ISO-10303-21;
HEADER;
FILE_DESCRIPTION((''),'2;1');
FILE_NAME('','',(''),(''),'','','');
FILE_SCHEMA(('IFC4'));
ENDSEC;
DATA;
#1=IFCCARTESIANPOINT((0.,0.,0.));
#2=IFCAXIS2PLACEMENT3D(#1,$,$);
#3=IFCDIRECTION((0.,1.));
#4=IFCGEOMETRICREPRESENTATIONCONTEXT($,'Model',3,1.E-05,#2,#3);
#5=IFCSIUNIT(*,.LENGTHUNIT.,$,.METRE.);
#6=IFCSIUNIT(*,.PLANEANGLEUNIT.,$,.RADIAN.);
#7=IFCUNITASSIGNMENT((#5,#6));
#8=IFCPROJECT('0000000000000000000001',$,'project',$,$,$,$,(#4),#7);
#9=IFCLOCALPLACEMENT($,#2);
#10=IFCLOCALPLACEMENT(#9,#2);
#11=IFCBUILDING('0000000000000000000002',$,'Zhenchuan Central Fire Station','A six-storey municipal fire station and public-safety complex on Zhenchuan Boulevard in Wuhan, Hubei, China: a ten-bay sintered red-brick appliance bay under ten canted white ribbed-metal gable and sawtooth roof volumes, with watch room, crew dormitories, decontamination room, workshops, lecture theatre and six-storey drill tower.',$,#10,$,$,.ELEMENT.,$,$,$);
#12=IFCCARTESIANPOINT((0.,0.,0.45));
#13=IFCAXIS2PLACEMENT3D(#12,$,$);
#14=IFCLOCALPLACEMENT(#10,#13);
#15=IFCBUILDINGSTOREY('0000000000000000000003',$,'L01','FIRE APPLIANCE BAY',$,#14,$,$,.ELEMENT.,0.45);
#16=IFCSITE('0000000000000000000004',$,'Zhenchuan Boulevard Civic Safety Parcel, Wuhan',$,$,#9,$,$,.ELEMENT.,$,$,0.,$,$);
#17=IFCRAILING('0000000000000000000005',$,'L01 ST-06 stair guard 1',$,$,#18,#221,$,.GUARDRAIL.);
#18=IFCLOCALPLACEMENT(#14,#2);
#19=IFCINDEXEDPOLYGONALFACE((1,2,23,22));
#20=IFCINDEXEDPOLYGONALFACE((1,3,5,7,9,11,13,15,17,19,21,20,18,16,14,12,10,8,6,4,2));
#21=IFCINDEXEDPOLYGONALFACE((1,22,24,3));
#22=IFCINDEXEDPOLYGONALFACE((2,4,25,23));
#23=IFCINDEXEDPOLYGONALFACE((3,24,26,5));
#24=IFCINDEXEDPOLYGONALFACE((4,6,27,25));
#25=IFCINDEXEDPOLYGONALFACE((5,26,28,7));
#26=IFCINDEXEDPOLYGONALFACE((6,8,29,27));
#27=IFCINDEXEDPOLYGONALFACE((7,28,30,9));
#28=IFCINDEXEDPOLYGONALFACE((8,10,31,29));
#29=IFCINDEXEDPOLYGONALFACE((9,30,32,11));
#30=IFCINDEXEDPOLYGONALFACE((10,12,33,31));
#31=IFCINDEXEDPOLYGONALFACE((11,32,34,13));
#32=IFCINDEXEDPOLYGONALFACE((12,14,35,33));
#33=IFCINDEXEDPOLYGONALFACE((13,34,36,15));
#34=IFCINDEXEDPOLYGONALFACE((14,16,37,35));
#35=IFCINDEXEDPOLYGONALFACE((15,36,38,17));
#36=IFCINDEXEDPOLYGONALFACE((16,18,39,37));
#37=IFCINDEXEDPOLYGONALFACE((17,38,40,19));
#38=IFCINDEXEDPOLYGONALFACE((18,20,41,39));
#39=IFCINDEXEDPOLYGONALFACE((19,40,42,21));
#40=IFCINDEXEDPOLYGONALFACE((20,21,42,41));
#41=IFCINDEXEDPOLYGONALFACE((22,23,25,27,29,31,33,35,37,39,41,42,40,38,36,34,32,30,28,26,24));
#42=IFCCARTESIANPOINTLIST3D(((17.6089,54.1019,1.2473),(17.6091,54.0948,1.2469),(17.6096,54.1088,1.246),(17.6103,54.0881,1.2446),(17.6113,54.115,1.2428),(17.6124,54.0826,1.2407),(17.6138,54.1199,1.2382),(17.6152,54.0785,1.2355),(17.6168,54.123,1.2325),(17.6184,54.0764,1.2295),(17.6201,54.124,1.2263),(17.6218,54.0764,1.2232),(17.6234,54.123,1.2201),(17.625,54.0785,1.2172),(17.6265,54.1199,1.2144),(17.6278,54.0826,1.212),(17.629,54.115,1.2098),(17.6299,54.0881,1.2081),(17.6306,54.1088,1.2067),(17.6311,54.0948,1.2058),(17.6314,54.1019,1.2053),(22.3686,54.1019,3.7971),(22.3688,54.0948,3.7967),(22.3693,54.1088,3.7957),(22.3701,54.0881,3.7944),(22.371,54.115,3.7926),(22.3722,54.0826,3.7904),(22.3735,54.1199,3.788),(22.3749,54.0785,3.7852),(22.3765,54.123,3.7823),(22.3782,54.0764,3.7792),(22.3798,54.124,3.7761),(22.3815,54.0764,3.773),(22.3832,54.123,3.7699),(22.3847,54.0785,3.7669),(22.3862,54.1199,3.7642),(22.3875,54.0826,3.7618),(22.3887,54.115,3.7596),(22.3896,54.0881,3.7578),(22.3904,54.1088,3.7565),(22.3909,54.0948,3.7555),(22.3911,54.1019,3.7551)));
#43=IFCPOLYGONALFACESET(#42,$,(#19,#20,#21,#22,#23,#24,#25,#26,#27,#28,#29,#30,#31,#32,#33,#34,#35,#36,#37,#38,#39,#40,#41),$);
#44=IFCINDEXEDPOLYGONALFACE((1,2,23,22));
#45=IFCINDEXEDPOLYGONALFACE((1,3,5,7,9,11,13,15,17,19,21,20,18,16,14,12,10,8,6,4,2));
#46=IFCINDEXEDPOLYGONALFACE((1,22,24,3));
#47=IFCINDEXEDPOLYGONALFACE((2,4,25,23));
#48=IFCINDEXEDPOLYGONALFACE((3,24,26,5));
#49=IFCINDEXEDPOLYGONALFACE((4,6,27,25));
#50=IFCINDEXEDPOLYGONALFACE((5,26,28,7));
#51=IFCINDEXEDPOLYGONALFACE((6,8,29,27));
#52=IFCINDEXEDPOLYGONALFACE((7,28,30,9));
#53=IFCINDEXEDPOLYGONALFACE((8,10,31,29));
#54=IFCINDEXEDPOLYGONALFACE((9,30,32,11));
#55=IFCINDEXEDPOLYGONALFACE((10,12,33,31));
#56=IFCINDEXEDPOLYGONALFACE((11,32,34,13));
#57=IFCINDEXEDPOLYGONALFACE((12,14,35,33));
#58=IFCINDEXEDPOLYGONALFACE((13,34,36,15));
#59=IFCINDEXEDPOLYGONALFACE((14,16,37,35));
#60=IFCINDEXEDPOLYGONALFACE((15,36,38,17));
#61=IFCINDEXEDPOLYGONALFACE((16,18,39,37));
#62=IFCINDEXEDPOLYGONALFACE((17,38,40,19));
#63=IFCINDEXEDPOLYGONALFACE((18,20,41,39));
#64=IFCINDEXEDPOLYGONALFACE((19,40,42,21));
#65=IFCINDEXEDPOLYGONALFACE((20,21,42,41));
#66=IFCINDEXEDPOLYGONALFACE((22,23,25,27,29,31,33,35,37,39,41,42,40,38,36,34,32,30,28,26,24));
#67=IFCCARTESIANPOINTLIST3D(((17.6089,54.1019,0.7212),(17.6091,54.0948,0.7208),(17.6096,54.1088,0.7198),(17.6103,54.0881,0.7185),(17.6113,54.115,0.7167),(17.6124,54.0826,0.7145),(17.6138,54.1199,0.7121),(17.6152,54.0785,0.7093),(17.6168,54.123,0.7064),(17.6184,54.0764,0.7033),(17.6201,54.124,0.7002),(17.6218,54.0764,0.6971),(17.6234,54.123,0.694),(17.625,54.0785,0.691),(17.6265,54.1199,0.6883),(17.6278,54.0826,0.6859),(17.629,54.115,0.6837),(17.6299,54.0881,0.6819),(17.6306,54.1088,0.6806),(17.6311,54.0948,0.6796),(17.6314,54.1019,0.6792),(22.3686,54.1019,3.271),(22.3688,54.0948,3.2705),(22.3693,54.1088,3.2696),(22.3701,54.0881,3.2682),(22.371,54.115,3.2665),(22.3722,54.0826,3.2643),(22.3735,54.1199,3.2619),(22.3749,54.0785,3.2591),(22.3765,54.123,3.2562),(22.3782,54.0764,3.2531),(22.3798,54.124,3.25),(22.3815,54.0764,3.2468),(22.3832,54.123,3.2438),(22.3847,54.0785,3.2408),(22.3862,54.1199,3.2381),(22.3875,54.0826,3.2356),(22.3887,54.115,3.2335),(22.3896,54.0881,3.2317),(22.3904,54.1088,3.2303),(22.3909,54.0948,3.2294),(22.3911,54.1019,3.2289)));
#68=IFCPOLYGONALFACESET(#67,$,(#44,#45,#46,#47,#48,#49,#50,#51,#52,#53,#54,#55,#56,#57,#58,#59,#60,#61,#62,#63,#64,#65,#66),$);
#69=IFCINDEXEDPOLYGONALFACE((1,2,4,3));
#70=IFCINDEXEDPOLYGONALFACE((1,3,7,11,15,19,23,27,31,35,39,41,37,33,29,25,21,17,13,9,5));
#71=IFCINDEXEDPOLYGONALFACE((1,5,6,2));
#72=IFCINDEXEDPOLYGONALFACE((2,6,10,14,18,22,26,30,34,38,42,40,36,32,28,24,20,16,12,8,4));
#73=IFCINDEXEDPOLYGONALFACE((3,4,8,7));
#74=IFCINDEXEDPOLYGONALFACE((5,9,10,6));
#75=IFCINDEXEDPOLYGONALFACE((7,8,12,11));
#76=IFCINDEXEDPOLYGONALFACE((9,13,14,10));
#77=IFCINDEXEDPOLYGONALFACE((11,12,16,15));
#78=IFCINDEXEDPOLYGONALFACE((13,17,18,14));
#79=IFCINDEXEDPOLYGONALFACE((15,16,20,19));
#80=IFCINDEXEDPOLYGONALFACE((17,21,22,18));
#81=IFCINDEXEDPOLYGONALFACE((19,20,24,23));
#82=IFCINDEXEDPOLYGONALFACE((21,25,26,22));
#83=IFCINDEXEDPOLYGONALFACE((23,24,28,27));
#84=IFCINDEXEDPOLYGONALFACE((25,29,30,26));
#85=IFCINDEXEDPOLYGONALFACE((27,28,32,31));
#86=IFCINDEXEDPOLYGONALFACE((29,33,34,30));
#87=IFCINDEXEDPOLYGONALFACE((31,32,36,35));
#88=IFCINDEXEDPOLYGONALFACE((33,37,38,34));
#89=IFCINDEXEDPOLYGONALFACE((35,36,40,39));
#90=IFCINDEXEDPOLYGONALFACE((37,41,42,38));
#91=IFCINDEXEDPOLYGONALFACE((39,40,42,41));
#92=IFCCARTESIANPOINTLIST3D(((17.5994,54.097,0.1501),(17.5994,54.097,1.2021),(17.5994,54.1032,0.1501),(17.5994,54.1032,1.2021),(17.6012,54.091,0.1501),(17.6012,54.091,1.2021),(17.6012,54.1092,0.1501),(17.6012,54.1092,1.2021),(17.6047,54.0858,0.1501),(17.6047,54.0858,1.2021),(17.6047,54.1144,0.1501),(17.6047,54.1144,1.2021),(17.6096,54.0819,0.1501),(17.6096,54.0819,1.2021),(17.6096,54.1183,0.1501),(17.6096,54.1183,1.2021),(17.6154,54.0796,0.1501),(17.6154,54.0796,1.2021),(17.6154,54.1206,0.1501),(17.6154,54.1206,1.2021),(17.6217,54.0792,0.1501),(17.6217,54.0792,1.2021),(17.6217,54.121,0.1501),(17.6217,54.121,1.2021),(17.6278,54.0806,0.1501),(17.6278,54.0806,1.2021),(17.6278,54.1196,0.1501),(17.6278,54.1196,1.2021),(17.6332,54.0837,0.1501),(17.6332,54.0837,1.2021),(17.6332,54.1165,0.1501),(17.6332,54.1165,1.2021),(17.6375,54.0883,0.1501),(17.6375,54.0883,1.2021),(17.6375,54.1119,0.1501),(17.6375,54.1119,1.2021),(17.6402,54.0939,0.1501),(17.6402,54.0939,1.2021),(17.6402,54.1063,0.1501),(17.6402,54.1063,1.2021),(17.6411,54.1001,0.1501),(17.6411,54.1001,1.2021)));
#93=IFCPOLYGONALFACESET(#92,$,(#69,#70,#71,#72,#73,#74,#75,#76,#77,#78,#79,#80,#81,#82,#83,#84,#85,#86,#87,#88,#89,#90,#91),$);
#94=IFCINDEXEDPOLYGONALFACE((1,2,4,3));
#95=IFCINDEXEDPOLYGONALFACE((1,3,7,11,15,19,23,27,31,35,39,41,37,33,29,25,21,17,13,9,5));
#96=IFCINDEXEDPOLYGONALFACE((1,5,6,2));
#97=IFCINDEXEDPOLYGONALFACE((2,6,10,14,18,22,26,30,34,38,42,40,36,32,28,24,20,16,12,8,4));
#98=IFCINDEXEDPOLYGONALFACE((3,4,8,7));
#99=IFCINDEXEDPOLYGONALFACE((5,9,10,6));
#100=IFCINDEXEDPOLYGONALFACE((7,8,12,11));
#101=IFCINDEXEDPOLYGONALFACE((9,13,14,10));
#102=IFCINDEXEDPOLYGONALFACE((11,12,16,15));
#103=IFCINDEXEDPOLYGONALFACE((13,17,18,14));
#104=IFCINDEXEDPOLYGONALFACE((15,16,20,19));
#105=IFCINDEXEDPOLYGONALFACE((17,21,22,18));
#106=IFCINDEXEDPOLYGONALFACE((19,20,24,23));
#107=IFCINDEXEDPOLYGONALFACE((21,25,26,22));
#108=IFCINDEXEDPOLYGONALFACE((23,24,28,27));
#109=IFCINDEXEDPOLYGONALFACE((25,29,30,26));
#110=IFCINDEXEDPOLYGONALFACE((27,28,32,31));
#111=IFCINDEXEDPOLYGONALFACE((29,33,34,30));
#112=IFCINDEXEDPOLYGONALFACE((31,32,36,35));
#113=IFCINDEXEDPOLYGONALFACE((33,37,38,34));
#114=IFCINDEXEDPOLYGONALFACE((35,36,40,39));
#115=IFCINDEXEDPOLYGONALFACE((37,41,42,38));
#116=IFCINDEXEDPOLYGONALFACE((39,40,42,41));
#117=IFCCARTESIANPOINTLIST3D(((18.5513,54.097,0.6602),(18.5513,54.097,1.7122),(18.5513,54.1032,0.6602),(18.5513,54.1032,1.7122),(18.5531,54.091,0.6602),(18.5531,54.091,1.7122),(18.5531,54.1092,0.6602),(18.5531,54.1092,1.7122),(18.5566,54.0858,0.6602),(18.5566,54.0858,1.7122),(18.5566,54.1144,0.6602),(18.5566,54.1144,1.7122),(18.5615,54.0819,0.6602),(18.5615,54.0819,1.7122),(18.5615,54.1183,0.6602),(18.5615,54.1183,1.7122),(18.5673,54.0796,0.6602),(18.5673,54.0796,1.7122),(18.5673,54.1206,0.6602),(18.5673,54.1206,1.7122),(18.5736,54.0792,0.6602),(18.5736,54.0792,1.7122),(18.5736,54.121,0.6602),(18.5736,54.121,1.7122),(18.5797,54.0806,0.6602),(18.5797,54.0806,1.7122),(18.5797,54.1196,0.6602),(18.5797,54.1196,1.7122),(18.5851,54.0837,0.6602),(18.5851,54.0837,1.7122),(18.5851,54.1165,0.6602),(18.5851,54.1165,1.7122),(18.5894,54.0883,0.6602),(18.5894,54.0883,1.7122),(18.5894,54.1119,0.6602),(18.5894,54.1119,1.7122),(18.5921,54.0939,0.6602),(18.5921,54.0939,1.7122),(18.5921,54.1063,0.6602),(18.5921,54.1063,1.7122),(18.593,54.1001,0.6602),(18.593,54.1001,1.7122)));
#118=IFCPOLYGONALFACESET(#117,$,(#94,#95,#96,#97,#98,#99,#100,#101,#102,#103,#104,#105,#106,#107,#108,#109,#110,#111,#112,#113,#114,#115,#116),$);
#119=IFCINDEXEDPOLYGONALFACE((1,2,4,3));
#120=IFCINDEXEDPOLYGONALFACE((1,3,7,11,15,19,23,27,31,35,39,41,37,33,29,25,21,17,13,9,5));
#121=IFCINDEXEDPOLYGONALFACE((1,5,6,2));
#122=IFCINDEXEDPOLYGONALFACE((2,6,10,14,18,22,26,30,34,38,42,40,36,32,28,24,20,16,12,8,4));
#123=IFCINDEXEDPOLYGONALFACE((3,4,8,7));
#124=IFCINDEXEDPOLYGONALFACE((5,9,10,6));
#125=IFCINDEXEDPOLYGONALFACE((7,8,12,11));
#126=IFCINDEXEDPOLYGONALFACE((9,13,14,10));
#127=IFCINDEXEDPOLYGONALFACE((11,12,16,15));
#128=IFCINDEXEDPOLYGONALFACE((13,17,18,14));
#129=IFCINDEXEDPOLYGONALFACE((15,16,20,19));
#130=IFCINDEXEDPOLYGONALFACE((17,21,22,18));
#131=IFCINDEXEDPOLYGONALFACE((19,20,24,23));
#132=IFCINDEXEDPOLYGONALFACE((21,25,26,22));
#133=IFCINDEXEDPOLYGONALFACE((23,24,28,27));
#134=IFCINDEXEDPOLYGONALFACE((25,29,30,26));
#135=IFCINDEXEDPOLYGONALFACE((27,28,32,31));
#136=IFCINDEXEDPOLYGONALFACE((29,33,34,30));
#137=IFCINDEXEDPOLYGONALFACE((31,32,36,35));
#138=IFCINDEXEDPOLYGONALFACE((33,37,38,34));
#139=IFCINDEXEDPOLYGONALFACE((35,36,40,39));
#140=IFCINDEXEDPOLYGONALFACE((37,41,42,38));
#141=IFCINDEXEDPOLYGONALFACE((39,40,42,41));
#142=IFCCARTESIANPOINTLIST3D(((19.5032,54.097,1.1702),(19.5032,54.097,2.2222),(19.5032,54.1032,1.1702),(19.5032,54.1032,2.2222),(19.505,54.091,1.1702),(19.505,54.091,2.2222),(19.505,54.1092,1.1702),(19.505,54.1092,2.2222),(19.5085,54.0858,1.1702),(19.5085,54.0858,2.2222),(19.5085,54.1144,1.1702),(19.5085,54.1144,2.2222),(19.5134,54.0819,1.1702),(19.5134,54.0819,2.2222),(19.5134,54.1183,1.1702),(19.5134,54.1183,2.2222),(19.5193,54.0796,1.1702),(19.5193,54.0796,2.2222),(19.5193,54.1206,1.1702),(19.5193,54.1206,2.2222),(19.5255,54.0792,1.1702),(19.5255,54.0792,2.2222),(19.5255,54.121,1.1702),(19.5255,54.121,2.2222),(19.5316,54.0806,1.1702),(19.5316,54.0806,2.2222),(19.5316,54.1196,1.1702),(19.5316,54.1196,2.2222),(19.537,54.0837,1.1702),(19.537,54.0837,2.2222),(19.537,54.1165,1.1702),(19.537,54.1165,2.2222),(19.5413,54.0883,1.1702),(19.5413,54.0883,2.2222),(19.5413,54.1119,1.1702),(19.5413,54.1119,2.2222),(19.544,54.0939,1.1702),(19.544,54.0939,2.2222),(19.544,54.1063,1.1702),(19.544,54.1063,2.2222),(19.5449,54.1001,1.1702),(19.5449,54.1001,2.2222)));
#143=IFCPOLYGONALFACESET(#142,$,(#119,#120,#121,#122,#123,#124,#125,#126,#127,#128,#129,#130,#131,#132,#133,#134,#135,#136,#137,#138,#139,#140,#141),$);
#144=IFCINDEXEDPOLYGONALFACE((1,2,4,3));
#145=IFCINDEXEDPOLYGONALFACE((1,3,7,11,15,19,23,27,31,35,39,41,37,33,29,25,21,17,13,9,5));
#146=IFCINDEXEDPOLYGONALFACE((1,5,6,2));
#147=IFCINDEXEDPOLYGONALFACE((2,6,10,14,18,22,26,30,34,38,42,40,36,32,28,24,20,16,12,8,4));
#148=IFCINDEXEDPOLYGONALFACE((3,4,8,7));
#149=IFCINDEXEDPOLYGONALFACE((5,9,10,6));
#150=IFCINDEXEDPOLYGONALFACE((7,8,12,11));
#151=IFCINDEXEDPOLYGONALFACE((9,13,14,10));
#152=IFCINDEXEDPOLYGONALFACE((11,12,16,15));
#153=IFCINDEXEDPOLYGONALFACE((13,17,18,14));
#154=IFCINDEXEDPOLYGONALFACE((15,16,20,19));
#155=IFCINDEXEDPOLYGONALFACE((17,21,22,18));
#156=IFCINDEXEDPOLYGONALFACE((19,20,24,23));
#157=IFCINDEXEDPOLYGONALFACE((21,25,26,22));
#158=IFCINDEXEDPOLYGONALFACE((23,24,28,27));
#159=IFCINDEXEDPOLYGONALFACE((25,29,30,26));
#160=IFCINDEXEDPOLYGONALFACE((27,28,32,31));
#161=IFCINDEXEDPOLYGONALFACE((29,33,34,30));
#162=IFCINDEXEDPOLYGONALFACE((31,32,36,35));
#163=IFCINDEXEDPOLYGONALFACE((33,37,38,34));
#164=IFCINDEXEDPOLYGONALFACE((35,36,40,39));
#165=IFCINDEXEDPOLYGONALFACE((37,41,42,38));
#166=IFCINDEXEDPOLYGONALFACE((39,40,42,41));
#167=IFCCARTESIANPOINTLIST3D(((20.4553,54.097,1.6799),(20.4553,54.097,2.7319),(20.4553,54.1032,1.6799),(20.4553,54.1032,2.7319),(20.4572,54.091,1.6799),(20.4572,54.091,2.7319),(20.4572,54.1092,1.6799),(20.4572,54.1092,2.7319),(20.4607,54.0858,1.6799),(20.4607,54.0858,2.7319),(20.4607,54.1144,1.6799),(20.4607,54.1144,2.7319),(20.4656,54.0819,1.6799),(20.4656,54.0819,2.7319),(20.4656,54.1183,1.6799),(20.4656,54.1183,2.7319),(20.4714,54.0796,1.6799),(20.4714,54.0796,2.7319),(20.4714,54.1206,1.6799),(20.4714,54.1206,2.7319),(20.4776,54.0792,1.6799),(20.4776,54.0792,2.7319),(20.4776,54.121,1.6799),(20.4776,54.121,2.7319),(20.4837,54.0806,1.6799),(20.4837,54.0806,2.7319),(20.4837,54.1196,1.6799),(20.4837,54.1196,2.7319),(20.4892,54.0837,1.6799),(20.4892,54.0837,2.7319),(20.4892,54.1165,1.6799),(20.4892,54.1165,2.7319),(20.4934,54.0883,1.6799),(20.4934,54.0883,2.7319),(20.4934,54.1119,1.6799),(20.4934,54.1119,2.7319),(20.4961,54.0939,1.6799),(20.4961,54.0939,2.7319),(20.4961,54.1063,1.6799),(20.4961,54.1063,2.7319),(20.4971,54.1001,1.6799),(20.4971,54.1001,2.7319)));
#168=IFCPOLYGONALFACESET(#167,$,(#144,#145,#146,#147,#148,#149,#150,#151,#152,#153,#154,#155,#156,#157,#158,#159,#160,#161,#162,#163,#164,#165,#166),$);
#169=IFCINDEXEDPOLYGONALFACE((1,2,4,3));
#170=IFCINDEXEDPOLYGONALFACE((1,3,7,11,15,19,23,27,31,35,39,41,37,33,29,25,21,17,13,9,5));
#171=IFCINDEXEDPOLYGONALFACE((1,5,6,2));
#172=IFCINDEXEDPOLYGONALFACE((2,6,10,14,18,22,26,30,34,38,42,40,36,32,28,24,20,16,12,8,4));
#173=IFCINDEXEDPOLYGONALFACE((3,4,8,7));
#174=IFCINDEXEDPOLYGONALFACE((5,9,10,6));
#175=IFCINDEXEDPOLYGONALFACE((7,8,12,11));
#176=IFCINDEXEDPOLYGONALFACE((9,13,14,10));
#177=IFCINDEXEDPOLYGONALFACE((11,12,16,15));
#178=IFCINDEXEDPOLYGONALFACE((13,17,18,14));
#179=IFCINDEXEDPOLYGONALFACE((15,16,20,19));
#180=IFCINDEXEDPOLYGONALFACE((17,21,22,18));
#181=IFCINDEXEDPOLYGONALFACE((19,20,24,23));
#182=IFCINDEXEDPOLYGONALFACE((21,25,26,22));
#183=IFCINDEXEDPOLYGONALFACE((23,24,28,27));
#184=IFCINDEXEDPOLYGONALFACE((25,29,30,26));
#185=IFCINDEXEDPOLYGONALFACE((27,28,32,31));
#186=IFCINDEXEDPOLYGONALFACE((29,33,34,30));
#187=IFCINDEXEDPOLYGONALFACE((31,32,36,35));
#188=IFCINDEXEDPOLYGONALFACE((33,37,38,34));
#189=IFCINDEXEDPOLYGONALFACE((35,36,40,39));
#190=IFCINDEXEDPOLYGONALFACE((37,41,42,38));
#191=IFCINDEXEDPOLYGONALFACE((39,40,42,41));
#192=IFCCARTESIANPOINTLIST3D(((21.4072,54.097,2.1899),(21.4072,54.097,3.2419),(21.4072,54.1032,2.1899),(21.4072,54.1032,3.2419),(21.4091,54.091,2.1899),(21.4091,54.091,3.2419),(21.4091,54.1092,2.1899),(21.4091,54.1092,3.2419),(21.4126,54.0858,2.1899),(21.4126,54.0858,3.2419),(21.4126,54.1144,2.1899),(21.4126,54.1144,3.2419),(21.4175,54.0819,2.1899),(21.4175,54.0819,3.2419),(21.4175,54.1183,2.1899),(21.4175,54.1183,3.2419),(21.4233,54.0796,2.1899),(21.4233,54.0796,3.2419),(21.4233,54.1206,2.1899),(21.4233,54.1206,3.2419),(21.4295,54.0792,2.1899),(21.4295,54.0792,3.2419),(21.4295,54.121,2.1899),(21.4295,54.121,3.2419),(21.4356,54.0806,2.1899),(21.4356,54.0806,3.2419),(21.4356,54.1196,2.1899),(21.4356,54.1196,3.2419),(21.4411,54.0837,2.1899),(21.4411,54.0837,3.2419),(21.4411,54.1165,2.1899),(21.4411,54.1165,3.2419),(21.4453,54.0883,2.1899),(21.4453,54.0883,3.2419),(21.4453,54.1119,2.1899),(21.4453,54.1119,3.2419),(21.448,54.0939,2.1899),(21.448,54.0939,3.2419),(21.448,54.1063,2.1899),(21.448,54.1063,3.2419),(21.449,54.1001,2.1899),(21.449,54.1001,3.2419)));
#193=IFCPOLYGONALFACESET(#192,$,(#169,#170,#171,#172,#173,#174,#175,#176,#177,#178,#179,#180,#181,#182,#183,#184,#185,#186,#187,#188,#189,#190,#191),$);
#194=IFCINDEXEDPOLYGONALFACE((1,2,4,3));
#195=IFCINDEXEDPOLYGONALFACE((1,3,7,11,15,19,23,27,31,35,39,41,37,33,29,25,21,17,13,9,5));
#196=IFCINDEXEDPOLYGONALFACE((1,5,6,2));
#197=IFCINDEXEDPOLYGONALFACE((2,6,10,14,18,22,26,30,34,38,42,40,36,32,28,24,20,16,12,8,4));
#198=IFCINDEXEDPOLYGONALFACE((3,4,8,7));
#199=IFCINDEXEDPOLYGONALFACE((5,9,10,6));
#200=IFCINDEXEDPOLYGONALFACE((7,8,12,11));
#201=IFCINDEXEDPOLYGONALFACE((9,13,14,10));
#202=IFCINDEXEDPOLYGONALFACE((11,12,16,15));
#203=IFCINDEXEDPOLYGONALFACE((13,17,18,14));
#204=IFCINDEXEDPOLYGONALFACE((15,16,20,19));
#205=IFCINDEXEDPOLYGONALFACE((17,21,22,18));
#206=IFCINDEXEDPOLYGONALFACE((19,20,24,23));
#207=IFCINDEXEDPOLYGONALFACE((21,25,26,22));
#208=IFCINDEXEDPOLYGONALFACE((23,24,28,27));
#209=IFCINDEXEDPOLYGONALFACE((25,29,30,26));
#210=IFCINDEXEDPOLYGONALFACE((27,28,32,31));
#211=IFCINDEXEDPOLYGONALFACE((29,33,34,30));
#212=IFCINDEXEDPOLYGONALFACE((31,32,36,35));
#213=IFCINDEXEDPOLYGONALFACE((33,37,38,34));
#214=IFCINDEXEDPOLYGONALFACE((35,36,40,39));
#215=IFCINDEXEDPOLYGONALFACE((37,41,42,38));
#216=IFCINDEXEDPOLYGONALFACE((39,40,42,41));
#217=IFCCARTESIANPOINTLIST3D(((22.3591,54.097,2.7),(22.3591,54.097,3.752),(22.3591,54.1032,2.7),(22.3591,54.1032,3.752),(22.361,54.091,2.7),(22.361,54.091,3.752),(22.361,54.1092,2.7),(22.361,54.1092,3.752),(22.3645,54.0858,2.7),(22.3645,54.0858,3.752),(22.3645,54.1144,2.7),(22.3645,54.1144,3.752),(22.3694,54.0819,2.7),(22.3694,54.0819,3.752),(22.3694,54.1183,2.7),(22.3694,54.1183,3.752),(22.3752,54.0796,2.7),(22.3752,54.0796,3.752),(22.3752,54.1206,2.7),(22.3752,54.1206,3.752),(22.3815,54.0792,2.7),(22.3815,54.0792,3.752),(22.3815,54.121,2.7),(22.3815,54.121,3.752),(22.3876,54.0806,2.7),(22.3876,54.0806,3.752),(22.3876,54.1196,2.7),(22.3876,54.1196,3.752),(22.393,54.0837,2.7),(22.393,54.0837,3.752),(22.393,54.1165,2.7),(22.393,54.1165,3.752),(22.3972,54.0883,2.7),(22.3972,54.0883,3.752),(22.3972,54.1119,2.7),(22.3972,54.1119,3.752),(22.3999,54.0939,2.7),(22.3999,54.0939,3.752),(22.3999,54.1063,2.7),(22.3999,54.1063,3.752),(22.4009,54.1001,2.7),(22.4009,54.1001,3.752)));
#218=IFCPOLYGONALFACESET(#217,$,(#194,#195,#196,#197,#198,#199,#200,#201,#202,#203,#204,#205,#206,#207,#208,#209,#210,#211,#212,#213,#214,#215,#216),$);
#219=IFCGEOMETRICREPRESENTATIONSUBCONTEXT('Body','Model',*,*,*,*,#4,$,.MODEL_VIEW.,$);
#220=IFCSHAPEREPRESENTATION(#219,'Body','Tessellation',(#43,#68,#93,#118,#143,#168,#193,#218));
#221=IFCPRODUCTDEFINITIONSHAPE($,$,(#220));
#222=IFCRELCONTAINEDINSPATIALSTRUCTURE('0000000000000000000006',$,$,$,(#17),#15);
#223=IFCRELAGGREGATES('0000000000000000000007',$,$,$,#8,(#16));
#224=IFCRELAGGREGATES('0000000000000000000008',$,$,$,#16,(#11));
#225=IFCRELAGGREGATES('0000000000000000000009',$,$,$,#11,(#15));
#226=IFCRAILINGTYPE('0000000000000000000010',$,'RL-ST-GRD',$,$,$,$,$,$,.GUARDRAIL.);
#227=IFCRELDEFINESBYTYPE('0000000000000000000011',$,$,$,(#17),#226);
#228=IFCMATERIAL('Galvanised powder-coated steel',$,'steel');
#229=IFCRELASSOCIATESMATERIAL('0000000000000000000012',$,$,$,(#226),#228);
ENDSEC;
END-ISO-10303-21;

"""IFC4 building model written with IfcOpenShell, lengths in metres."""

from ifc_helpers import new_model, si_unit, direction, frame, origin, origin_2d, place, context, subcontext, project, spatial, circle, extrude, material, type_object, element, save


model = new_model("IFC4")

# Units and contexts
model_context = context("Model", 3, precision=1e-05, world=origin(), true_north=direction((0.0, 1.0)))
body_context = subcontext(model_context, "Body", "Model", "MODEL_VIEW")
ifc_project = project(units=[si_unit("LENGTHUNIT", "METRE"), si_unit("PLANEANGLEUNIT", "RADIAN")], contexts=[model_context])

# Site, building, storey
site_placement = place(None, origin())
site = spatial("IfcSite", under=ifc_project, at=site_placement, Name="Zhenchuan Boulevard Civic Safety Parcel, Wuhan", CompositionType="ELEMENT", RefElevation=0.0)
building_placement = place(site_placement, origin())
building = spatial("IfcBuilding", under=site, at=building_placement, Name="Zhenchuan Central Fire Station", Description="A six-storey municipal fire station and public-safety complex on Zhenchuan Boulevard in Wuhan, Hubei, China: a ten-bay sintered red-brick appliance bay under ten canted white ribbed-metal gable and sawtooth roof volumes, with watch room, crew dormitories, decontamination room, workshops, lecture theatre and six-storey drill tower.", CompositionType="ELEMENT")
storey_placement = place(building_placement, frame((0.0, 0.0, 0.45)))
storey = spatial("IfcBuildingStorey", under=building, at=storey_placement, Name="L01", Description="FIRE APPLIANCE BAY", CompositionType="ELEMENT", Elevation=0.45)

# Railing
ifc_material_1 = material(Name="Galvanised powder-coated steel", Category="steel")
railing_type_1 = type_object("IfcRailingType", Name="RL-ST-GRD", PredefinedType="GUARDRAIL", material=ifc_material_1)
railing_1_placement = place(storey_placement, frame((17.6201, 54.1001, 0.1501)))
element("IfcRailing", 1, at=railing_1_placement, inside=storey, type_object=railing_type_1, Name="L01 ST-06 stair guard 1", PredefinedType="GUARDRAIL", context=body_context, shape_type="SweptSolid", body=[
    extrude(circle(Radius=0.0239, at=origin_2d()), frame((0.0, 0.0, 1.0762), z_axis=(0.881485, 0.0, 0.472211), x_axis=(0.0, 1.0, 0.0)), (0.0, 0.0, 1.0), 5.3997),
    extrude(circle(Radius=0.0239, at=origin_2d()), frame((0.0, 0.0, 0.55), z_axis=(0.881485, 0.0, 0.472211), x_axis=(0.0, 1.0, 0.0)), (0.0, 0.0, 1.0), 5.3997),
    extrude(circle(Radius=0.021, at=origin_2d()), origin(), (0.0, 0.0, 1.0), 1.052),
    extrude(circle(Radius=0.021, at=origin_2d()), frame((0.9519, 0.0, 0.51)), (0.0, 0.0, 1.0), 1.052),
    extrude(circle(Radius=0.021, at=origin_2d()), frame((1.9038, 0.0, 1.02)), (0.0, 0.0, 1.0), 1.052),
    extrude(circle(Radius=0.021, at=origin_2d()), frame((2.856, 0.0, 1.5298)), (0.0, 0.0, 1.0), 1.052),
    extrude(circle(Radius=0.021, at=origin_2d()), frame((3.8079, 0.0, 2.0398)), (0.0, 0.0, 1.0), 1.052),
    extrude(circle(Radius=0.021, at=origin_2d()), frame((4.7598, 0.0, 2.5498)), (0.0, 0.0, 1.0), 1.052),
])

save(model, "model.ifc")
